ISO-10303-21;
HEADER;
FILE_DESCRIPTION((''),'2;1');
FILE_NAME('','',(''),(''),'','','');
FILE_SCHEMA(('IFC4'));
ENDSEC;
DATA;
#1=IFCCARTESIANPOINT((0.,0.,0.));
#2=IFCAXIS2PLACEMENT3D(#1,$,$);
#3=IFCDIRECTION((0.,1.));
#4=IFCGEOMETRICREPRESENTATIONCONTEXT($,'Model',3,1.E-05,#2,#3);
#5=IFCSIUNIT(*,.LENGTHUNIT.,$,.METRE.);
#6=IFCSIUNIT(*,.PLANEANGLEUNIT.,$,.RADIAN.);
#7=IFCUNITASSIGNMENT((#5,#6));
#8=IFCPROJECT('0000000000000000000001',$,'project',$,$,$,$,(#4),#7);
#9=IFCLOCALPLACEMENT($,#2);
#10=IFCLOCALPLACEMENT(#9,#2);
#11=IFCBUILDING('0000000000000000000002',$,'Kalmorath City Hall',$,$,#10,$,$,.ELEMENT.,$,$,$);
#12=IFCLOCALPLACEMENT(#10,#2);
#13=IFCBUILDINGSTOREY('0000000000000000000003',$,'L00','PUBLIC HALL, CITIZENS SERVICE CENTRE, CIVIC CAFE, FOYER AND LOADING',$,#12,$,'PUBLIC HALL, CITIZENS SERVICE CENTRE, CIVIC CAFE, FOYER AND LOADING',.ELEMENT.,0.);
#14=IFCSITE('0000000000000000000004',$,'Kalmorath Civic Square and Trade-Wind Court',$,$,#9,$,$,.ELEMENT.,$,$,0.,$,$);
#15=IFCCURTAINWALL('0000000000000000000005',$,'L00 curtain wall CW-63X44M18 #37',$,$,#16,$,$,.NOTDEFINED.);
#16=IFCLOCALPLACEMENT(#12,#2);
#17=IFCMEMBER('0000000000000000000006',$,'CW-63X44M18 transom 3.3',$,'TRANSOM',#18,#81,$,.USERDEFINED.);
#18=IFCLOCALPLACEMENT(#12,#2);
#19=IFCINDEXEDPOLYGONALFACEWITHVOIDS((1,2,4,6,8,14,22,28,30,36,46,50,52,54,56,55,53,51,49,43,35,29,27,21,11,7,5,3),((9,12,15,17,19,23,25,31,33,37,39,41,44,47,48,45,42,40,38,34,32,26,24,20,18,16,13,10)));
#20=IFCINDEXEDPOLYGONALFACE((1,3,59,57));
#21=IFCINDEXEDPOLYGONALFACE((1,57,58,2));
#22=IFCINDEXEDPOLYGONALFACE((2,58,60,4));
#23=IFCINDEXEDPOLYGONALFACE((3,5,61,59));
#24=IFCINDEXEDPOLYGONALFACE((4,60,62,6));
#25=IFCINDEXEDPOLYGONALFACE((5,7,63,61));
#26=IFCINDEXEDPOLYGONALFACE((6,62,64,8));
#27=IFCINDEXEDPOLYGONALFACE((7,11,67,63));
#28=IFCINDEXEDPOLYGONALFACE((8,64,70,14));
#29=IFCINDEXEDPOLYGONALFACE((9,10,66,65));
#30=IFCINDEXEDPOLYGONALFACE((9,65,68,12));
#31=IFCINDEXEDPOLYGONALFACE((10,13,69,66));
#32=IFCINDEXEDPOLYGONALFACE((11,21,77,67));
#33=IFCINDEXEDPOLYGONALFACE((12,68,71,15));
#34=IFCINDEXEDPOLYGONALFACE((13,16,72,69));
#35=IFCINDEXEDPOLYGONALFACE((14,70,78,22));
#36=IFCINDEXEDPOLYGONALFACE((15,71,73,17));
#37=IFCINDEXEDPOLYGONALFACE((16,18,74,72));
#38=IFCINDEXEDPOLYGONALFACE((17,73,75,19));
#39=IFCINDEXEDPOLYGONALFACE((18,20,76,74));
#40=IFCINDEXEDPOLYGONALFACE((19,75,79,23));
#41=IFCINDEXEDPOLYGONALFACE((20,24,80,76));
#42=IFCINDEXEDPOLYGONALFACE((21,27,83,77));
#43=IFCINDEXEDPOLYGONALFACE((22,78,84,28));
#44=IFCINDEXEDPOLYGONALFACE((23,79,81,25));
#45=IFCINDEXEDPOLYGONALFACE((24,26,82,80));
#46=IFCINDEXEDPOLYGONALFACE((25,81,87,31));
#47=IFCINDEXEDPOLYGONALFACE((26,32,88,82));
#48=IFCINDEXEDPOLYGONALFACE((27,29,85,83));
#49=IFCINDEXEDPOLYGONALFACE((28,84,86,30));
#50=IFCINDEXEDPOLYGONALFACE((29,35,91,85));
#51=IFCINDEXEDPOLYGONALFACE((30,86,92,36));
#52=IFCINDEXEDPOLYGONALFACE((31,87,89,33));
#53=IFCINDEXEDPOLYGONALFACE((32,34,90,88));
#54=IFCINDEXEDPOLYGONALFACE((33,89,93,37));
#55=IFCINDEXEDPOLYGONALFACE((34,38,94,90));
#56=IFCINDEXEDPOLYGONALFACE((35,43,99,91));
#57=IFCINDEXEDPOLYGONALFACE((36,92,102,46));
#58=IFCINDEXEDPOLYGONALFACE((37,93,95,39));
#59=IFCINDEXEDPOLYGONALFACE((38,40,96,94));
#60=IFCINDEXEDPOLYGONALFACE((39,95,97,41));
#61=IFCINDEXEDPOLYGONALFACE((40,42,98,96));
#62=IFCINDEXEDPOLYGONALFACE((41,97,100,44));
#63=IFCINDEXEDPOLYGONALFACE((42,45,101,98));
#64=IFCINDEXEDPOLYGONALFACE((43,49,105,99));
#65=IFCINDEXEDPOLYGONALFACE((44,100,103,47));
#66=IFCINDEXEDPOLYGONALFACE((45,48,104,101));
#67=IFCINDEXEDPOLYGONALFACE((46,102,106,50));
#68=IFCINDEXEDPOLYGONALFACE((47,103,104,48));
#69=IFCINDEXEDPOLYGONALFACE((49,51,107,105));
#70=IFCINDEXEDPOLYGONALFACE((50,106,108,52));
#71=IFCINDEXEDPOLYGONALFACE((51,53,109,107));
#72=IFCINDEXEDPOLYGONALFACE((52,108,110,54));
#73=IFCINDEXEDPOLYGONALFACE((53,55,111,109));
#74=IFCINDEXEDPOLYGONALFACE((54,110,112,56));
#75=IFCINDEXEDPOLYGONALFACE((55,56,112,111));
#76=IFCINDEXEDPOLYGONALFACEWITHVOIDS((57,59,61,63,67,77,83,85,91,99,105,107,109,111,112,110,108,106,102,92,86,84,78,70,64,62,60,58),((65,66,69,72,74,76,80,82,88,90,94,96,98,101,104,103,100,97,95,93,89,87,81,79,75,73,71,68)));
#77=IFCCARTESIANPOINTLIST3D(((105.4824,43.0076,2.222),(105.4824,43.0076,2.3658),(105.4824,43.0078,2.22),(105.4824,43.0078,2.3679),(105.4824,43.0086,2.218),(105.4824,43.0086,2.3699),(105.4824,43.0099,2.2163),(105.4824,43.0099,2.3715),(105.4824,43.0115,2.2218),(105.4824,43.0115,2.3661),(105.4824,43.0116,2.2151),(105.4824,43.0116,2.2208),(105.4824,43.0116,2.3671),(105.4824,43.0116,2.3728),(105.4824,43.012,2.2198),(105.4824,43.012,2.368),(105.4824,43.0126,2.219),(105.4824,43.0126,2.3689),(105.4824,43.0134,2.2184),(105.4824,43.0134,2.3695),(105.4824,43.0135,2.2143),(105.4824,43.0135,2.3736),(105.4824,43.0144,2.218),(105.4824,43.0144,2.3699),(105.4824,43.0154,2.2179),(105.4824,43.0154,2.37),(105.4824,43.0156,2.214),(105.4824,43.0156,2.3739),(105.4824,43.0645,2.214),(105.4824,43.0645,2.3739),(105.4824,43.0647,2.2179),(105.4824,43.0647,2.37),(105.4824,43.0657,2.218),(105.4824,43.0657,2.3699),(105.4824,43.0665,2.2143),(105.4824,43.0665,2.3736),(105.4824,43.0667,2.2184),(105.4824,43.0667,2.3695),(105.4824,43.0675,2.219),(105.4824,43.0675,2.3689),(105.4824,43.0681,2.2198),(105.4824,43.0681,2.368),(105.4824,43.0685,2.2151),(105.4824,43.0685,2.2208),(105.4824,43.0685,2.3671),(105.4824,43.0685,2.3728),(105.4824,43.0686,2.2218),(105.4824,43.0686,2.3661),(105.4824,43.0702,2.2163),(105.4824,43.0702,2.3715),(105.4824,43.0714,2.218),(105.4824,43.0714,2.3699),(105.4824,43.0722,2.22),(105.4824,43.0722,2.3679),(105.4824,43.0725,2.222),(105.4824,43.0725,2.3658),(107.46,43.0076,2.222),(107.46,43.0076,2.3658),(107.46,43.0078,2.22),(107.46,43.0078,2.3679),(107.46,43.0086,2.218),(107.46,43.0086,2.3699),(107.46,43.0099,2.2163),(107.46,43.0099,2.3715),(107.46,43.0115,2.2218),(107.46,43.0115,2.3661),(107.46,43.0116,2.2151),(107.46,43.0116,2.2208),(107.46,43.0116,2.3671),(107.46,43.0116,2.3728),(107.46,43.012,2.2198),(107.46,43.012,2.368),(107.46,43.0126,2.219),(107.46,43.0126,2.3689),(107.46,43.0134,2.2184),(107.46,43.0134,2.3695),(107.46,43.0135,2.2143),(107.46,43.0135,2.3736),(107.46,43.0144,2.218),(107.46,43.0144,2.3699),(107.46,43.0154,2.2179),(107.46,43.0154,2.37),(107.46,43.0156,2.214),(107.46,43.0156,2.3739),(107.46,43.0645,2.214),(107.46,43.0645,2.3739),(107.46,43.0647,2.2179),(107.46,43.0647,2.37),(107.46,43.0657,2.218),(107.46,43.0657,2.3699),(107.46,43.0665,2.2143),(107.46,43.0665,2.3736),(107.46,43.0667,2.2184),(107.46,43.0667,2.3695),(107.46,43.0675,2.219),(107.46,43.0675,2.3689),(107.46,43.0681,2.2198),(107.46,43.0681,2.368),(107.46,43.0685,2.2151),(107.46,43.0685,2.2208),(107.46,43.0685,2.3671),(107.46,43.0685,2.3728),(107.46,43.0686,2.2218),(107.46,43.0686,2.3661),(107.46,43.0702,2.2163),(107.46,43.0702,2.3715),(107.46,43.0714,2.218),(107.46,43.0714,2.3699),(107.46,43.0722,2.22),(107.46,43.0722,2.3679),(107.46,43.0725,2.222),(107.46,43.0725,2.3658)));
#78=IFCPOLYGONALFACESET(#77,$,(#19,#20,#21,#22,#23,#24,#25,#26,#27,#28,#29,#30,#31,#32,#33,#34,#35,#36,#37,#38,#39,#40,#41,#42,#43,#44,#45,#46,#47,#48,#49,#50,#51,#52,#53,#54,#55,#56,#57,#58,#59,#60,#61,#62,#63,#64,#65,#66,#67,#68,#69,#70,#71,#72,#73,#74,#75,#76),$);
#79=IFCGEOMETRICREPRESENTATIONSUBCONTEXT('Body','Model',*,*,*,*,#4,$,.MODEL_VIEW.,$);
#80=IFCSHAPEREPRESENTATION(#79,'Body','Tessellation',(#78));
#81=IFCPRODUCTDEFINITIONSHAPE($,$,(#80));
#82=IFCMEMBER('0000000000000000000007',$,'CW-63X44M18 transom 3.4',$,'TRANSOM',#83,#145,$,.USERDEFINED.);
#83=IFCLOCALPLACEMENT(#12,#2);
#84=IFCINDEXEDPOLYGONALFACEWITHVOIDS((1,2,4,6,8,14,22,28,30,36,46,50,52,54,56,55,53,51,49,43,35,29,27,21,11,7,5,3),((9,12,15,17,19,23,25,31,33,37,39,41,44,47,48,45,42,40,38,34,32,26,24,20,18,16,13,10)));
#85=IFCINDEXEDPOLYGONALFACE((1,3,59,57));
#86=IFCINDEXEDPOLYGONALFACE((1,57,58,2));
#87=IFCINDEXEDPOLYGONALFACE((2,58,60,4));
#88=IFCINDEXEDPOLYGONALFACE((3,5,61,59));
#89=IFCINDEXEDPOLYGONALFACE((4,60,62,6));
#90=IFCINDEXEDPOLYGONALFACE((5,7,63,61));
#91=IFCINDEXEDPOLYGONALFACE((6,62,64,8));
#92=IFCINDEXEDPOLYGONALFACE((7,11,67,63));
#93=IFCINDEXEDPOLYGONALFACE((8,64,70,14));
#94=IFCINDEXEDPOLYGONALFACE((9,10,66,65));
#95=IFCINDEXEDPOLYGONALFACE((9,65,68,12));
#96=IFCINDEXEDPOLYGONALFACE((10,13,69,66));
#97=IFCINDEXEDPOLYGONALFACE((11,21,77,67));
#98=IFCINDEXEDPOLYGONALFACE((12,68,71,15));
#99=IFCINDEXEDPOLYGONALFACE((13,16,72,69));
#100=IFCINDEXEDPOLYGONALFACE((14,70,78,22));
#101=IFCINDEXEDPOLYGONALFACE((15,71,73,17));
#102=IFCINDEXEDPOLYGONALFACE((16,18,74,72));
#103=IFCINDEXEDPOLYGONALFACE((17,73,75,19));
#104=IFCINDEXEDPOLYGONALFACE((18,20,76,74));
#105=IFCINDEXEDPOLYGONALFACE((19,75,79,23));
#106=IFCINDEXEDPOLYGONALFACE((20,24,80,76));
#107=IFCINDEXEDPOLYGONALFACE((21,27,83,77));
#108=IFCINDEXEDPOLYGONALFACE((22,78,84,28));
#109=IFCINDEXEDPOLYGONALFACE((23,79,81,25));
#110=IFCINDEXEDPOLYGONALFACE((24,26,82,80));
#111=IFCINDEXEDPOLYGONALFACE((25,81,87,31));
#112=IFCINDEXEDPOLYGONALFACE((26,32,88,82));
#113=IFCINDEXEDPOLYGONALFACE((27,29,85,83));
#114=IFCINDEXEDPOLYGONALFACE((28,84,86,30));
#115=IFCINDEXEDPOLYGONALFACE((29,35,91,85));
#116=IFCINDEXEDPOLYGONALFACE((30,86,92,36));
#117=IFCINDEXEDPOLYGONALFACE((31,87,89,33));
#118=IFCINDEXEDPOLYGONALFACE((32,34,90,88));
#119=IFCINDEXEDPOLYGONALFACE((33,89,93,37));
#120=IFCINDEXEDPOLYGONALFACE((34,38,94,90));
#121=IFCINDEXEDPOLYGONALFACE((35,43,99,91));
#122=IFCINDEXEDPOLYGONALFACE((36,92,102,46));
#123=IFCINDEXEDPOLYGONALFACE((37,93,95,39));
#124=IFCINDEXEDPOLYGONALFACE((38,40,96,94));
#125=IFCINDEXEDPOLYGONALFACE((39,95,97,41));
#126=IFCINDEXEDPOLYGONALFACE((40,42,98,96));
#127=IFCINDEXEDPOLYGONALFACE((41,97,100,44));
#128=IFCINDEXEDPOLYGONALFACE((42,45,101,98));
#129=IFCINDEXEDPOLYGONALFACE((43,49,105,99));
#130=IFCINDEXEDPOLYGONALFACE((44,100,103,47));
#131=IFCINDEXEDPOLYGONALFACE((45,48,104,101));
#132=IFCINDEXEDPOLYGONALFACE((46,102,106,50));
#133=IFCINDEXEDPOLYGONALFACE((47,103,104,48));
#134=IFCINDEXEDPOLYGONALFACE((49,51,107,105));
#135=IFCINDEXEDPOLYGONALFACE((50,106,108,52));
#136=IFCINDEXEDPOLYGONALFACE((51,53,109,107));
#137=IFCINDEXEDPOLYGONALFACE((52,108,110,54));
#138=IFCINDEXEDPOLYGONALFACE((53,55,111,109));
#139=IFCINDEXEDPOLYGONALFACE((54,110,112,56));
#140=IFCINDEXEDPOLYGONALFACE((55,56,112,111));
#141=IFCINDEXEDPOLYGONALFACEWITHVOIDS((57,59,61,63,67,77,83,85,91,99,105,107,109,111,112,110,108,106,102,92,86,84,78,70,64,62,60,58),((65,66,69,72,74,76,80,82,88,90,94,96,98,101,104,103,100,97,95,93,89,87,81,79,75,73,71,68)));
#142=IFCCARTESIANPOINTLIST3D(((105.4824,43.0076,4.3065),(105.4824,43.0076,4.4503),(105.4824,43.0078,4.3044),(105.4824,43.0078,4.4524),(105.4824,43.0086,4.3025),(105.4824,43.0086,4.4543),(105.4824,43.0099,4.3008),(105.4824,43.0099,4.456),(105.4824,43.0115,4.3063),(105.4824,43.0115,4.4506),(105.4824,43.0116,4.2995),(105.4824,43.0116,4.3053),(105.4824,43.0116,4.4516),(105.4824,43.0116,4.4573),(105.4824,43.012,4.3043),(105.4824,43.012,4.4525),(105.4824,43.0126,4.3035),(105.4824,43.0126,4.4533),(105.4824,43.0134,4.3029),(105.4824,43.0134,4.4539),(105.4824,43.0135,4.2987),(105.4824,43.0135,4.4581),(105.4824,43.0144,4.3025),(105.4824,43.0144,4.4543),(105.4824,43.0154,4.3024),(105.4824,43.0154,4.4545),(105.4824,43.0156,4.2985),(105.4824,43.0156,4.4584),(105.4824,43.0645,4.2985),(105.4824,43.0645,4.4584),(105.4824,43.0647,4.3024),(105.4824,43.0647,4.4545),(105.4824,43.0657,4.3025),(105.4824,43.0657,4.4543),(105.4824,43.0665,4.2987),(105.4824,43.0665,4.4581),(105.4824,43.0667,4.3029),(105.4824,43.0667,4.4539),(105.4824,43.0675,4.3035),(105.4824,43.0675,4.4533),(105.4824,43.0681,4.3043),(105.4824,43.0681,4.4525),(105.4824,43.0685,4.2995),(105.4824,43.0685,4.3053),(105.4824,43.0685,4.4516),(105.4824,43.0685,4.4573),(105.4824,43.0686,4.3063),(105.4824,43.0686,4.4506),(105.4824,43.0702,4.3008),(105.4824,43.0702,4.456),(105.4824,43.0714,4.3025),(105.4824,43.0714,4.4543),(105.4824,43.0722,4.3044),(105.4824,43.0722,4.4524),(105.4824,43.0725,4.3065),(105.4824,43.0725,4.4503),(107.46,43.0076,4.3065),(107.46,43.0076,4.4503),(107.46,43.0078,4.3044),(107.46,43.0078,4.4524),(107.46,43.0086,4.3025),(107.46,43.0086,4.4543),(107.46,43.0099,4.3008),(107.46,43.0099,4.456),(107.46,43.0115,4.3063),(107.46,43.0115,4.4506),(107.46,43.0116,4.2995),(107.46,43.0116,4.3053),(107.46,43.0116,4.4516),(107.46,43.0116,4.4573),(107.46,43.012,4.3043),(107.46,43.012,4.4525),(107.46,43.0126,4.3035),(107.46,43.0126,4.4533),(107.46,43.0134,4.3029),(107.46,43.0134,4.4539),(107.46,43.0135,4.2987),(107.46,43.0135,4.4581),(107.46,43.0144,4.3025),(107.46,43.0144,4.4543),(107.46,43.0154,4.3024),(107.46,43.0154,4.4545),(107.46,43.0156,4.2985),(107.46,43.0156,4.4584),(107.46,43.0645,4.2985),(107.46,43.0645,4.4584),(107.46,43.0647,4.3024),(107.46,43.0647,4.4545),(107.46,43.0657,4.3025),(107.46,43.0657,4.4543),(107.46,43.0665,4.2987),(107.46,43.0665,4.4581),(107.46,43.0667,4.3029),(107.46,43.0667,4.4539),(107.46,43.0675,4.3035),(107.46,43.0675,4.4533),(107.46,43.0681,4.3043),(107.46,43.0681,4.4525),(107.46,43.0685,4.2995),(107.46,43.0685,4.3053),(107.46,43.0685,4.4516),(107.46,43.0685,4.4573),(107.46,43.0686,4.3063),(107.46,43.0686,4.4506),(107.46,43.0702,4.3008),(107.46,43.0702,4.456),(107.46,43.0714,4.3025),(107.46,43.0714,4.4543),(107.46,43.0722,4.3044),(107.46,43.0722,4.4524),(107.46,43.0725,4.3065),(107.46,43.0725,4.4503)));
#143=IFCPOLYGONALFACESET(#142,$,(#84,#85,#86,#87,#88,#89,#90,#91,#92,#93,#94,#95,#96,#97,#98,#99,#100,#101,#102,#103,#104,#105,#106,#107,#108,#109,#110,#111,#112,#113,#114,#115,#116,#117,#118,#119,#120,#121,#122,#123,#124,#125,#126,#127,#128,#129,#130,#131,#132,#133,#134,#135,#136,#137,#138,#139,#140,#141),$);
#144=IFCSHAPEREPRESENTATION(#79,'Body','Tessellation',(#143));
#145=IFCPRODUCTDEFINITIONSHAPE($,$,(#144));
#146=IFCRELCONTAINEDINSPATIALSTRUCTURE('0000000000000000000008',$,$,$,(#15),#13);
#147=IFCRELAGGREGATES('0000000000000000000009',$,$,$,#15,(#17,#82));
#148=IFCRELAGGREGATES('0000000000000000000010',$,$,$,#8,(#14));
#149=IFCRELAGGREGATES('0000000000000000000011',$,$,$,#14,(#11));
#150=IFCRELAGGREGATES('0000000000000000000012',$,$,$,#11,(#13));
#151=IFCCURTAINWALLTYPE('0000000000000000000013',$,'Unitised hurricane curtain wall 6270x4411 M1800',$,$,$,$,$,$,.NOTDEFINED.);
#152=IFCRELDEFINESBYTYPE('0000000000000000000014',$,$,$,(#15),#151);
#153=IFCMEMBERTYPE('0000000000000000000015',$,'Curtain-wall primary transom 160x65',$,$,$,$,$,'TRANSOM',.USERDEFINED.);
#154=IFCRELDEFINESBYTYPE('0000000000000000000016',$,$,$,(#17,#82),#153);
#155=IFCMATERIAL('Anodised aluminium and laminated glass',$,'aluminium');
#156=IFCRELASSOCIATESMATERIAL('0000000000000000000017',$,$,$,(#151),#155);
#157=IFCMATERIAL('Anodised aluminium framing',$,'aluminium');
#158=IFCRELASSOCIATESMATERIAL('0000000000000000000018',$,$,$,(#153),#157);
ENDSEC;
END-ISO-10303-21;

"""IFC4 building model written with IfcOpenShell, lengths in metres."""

from ifc_helpers import new_model, si_unit, direction, frame, origin, origin_2d, place, context, subcontext, project, spatial, hollow_rectangle, extrude, material, material_profile, profile_set, type_object, element, aggregate, save


model = new_model("IFC4")

# Units and contexts
model_context = context("Model", 3, precision=1e-05, world=origin(), true_north=direction((0.0, 1.0)))
body_context = subcontext(model_context, "Body", "Model", "MODEL_VIEW")
ifc_project = project(units=[si_unit("LENGTHUNIT", "METRE"), si_unit("PLANEANGLEUNIT", "RADIAN")], contexts=[model_context])

# Site, building, storey
site_placement = place(None, origin())
site = spatial("IfcSite", under=ifc_project, at=site_placement, Name="Kalmorath Civic Square and Trade-Wind Court", CompositionType="ELEMENT", RefElevation=0.0)
building_placement = place(site_placement, origin())
building = spatial("IfcBuilding", under=site, at=building_placement, Name="Kalmorath City Hall", CompositionType="ELEMENT")
storey_placement = place(building_placement, origin())
storey = spatial("IfcBuildingStorey", under=building, at=storey_placement, Name="L00", Description="PUBLIC HALL, CITIZENS SERVICE CENTRE, CIVIC CAFE, FOYER AND LOADING", LongName="PUBLIC HALL, CITIZENS SERVICE CENTRE, CIVIC CAFE, FOYER AND LOADING", CompositionType="ELEMENT", Elevation=0.0)

# Curtain wall
ifc_material_1 = material(Name="Anodised aluminium and laminated glass", Category="aluminium")
curtain_wall_type_1 = type_object("IfcCurtainWallType", Name="Unitised hurricane curtain wall 6270x4411 M1800", PredefinedType="NOTDEFINED", material=ifc_material_1)
curtain_wall_1_placement = place(storey_placement, origin())
curtain_wall_1 = element("IfcCurtainWall", 1, at=curtain_wall_1_placement, inside=storey, type_object=curtain_wall_type_1, Name="L00 curtain wall CW-63X44M18 #37", PredefinedType="NOTDEFINED")

# Members
ifc_material_2 = material(Name="Anodised aluminium framing", Category="aluminium")
ifc_material_profile_1 = material_profile(ifc_material_2, hollow_rectangle(XDim=0.0649, YDim=0.1599, WallThickness=0.0039, InnerFilletRadius=0.0039, OuterFilletRadius=0.0081, at=origin_2d()), Name="ALU-TRN-160X65X4")
ifc_profile_set_1 = profile_set([ifc_material_profile_1], Name="Anodised aluminium framing")
member_type_1 = type_object("IfcMemberType", Name="Curtain-wall primary transom 160x65", ElementType="TRANSOM", PredefinedType="USERDEFINED", material=ifc_profile_set_1)
member_1_placement = place(storey_placement, frame((105.4824, 43.04, 2.2939), z_axis=(1.0, 0.0, 0.0), x_axis=(0.0, 1.0, 0.0)))
member_1 = element("IfcMember", 2, at=member_1_placement, type_object=member_type_1, Name="CW-63X44M18 transom 3.3", ObjectType="TRANSOM", PredefinedType="USERDEFINED", context=body_context, shape_type="SweptSolid", body=[
    extrude(hollow_rectangle(XDim=0.0649, YDim=0.1599, WallThickness=0.0039, InnerFilletRadius=0.0039, OuterFilletRadius=0.0081, at=origin_2d()), origin(), (0.0, 0.0, 1.0), 1.9775),
])
member_2_placement = place(storey_placement, frame((105.4824, 43.04, 4.3784), z_axis=(1.0, 0.0, 0.0), x_axis=(0.0, 1.0, 0.0)))
member_2 = element("IfcMember", 3, at=member_2_placement, type_object=member_type_1, Name="CW-63X44M18 transom 3.4", ObjectType="TRANSOM", PredefinedType="USERDEFINED", context=body_context, shape_type="SweptSolid", body=[
    extrude(hollow_rectangle(XDim=0.0649, YDim=0.1599, WallThickness=0.0039, InnerFilletRadius=0.0039, OuterFilletRadius=0.0081, at=origin_2d()), origin(), (0.0, 0.0, 1.0), 1.9775),
])

aggregate(curtain_wall_1, [member_1, member_2])

save(model, "model.ifc")
